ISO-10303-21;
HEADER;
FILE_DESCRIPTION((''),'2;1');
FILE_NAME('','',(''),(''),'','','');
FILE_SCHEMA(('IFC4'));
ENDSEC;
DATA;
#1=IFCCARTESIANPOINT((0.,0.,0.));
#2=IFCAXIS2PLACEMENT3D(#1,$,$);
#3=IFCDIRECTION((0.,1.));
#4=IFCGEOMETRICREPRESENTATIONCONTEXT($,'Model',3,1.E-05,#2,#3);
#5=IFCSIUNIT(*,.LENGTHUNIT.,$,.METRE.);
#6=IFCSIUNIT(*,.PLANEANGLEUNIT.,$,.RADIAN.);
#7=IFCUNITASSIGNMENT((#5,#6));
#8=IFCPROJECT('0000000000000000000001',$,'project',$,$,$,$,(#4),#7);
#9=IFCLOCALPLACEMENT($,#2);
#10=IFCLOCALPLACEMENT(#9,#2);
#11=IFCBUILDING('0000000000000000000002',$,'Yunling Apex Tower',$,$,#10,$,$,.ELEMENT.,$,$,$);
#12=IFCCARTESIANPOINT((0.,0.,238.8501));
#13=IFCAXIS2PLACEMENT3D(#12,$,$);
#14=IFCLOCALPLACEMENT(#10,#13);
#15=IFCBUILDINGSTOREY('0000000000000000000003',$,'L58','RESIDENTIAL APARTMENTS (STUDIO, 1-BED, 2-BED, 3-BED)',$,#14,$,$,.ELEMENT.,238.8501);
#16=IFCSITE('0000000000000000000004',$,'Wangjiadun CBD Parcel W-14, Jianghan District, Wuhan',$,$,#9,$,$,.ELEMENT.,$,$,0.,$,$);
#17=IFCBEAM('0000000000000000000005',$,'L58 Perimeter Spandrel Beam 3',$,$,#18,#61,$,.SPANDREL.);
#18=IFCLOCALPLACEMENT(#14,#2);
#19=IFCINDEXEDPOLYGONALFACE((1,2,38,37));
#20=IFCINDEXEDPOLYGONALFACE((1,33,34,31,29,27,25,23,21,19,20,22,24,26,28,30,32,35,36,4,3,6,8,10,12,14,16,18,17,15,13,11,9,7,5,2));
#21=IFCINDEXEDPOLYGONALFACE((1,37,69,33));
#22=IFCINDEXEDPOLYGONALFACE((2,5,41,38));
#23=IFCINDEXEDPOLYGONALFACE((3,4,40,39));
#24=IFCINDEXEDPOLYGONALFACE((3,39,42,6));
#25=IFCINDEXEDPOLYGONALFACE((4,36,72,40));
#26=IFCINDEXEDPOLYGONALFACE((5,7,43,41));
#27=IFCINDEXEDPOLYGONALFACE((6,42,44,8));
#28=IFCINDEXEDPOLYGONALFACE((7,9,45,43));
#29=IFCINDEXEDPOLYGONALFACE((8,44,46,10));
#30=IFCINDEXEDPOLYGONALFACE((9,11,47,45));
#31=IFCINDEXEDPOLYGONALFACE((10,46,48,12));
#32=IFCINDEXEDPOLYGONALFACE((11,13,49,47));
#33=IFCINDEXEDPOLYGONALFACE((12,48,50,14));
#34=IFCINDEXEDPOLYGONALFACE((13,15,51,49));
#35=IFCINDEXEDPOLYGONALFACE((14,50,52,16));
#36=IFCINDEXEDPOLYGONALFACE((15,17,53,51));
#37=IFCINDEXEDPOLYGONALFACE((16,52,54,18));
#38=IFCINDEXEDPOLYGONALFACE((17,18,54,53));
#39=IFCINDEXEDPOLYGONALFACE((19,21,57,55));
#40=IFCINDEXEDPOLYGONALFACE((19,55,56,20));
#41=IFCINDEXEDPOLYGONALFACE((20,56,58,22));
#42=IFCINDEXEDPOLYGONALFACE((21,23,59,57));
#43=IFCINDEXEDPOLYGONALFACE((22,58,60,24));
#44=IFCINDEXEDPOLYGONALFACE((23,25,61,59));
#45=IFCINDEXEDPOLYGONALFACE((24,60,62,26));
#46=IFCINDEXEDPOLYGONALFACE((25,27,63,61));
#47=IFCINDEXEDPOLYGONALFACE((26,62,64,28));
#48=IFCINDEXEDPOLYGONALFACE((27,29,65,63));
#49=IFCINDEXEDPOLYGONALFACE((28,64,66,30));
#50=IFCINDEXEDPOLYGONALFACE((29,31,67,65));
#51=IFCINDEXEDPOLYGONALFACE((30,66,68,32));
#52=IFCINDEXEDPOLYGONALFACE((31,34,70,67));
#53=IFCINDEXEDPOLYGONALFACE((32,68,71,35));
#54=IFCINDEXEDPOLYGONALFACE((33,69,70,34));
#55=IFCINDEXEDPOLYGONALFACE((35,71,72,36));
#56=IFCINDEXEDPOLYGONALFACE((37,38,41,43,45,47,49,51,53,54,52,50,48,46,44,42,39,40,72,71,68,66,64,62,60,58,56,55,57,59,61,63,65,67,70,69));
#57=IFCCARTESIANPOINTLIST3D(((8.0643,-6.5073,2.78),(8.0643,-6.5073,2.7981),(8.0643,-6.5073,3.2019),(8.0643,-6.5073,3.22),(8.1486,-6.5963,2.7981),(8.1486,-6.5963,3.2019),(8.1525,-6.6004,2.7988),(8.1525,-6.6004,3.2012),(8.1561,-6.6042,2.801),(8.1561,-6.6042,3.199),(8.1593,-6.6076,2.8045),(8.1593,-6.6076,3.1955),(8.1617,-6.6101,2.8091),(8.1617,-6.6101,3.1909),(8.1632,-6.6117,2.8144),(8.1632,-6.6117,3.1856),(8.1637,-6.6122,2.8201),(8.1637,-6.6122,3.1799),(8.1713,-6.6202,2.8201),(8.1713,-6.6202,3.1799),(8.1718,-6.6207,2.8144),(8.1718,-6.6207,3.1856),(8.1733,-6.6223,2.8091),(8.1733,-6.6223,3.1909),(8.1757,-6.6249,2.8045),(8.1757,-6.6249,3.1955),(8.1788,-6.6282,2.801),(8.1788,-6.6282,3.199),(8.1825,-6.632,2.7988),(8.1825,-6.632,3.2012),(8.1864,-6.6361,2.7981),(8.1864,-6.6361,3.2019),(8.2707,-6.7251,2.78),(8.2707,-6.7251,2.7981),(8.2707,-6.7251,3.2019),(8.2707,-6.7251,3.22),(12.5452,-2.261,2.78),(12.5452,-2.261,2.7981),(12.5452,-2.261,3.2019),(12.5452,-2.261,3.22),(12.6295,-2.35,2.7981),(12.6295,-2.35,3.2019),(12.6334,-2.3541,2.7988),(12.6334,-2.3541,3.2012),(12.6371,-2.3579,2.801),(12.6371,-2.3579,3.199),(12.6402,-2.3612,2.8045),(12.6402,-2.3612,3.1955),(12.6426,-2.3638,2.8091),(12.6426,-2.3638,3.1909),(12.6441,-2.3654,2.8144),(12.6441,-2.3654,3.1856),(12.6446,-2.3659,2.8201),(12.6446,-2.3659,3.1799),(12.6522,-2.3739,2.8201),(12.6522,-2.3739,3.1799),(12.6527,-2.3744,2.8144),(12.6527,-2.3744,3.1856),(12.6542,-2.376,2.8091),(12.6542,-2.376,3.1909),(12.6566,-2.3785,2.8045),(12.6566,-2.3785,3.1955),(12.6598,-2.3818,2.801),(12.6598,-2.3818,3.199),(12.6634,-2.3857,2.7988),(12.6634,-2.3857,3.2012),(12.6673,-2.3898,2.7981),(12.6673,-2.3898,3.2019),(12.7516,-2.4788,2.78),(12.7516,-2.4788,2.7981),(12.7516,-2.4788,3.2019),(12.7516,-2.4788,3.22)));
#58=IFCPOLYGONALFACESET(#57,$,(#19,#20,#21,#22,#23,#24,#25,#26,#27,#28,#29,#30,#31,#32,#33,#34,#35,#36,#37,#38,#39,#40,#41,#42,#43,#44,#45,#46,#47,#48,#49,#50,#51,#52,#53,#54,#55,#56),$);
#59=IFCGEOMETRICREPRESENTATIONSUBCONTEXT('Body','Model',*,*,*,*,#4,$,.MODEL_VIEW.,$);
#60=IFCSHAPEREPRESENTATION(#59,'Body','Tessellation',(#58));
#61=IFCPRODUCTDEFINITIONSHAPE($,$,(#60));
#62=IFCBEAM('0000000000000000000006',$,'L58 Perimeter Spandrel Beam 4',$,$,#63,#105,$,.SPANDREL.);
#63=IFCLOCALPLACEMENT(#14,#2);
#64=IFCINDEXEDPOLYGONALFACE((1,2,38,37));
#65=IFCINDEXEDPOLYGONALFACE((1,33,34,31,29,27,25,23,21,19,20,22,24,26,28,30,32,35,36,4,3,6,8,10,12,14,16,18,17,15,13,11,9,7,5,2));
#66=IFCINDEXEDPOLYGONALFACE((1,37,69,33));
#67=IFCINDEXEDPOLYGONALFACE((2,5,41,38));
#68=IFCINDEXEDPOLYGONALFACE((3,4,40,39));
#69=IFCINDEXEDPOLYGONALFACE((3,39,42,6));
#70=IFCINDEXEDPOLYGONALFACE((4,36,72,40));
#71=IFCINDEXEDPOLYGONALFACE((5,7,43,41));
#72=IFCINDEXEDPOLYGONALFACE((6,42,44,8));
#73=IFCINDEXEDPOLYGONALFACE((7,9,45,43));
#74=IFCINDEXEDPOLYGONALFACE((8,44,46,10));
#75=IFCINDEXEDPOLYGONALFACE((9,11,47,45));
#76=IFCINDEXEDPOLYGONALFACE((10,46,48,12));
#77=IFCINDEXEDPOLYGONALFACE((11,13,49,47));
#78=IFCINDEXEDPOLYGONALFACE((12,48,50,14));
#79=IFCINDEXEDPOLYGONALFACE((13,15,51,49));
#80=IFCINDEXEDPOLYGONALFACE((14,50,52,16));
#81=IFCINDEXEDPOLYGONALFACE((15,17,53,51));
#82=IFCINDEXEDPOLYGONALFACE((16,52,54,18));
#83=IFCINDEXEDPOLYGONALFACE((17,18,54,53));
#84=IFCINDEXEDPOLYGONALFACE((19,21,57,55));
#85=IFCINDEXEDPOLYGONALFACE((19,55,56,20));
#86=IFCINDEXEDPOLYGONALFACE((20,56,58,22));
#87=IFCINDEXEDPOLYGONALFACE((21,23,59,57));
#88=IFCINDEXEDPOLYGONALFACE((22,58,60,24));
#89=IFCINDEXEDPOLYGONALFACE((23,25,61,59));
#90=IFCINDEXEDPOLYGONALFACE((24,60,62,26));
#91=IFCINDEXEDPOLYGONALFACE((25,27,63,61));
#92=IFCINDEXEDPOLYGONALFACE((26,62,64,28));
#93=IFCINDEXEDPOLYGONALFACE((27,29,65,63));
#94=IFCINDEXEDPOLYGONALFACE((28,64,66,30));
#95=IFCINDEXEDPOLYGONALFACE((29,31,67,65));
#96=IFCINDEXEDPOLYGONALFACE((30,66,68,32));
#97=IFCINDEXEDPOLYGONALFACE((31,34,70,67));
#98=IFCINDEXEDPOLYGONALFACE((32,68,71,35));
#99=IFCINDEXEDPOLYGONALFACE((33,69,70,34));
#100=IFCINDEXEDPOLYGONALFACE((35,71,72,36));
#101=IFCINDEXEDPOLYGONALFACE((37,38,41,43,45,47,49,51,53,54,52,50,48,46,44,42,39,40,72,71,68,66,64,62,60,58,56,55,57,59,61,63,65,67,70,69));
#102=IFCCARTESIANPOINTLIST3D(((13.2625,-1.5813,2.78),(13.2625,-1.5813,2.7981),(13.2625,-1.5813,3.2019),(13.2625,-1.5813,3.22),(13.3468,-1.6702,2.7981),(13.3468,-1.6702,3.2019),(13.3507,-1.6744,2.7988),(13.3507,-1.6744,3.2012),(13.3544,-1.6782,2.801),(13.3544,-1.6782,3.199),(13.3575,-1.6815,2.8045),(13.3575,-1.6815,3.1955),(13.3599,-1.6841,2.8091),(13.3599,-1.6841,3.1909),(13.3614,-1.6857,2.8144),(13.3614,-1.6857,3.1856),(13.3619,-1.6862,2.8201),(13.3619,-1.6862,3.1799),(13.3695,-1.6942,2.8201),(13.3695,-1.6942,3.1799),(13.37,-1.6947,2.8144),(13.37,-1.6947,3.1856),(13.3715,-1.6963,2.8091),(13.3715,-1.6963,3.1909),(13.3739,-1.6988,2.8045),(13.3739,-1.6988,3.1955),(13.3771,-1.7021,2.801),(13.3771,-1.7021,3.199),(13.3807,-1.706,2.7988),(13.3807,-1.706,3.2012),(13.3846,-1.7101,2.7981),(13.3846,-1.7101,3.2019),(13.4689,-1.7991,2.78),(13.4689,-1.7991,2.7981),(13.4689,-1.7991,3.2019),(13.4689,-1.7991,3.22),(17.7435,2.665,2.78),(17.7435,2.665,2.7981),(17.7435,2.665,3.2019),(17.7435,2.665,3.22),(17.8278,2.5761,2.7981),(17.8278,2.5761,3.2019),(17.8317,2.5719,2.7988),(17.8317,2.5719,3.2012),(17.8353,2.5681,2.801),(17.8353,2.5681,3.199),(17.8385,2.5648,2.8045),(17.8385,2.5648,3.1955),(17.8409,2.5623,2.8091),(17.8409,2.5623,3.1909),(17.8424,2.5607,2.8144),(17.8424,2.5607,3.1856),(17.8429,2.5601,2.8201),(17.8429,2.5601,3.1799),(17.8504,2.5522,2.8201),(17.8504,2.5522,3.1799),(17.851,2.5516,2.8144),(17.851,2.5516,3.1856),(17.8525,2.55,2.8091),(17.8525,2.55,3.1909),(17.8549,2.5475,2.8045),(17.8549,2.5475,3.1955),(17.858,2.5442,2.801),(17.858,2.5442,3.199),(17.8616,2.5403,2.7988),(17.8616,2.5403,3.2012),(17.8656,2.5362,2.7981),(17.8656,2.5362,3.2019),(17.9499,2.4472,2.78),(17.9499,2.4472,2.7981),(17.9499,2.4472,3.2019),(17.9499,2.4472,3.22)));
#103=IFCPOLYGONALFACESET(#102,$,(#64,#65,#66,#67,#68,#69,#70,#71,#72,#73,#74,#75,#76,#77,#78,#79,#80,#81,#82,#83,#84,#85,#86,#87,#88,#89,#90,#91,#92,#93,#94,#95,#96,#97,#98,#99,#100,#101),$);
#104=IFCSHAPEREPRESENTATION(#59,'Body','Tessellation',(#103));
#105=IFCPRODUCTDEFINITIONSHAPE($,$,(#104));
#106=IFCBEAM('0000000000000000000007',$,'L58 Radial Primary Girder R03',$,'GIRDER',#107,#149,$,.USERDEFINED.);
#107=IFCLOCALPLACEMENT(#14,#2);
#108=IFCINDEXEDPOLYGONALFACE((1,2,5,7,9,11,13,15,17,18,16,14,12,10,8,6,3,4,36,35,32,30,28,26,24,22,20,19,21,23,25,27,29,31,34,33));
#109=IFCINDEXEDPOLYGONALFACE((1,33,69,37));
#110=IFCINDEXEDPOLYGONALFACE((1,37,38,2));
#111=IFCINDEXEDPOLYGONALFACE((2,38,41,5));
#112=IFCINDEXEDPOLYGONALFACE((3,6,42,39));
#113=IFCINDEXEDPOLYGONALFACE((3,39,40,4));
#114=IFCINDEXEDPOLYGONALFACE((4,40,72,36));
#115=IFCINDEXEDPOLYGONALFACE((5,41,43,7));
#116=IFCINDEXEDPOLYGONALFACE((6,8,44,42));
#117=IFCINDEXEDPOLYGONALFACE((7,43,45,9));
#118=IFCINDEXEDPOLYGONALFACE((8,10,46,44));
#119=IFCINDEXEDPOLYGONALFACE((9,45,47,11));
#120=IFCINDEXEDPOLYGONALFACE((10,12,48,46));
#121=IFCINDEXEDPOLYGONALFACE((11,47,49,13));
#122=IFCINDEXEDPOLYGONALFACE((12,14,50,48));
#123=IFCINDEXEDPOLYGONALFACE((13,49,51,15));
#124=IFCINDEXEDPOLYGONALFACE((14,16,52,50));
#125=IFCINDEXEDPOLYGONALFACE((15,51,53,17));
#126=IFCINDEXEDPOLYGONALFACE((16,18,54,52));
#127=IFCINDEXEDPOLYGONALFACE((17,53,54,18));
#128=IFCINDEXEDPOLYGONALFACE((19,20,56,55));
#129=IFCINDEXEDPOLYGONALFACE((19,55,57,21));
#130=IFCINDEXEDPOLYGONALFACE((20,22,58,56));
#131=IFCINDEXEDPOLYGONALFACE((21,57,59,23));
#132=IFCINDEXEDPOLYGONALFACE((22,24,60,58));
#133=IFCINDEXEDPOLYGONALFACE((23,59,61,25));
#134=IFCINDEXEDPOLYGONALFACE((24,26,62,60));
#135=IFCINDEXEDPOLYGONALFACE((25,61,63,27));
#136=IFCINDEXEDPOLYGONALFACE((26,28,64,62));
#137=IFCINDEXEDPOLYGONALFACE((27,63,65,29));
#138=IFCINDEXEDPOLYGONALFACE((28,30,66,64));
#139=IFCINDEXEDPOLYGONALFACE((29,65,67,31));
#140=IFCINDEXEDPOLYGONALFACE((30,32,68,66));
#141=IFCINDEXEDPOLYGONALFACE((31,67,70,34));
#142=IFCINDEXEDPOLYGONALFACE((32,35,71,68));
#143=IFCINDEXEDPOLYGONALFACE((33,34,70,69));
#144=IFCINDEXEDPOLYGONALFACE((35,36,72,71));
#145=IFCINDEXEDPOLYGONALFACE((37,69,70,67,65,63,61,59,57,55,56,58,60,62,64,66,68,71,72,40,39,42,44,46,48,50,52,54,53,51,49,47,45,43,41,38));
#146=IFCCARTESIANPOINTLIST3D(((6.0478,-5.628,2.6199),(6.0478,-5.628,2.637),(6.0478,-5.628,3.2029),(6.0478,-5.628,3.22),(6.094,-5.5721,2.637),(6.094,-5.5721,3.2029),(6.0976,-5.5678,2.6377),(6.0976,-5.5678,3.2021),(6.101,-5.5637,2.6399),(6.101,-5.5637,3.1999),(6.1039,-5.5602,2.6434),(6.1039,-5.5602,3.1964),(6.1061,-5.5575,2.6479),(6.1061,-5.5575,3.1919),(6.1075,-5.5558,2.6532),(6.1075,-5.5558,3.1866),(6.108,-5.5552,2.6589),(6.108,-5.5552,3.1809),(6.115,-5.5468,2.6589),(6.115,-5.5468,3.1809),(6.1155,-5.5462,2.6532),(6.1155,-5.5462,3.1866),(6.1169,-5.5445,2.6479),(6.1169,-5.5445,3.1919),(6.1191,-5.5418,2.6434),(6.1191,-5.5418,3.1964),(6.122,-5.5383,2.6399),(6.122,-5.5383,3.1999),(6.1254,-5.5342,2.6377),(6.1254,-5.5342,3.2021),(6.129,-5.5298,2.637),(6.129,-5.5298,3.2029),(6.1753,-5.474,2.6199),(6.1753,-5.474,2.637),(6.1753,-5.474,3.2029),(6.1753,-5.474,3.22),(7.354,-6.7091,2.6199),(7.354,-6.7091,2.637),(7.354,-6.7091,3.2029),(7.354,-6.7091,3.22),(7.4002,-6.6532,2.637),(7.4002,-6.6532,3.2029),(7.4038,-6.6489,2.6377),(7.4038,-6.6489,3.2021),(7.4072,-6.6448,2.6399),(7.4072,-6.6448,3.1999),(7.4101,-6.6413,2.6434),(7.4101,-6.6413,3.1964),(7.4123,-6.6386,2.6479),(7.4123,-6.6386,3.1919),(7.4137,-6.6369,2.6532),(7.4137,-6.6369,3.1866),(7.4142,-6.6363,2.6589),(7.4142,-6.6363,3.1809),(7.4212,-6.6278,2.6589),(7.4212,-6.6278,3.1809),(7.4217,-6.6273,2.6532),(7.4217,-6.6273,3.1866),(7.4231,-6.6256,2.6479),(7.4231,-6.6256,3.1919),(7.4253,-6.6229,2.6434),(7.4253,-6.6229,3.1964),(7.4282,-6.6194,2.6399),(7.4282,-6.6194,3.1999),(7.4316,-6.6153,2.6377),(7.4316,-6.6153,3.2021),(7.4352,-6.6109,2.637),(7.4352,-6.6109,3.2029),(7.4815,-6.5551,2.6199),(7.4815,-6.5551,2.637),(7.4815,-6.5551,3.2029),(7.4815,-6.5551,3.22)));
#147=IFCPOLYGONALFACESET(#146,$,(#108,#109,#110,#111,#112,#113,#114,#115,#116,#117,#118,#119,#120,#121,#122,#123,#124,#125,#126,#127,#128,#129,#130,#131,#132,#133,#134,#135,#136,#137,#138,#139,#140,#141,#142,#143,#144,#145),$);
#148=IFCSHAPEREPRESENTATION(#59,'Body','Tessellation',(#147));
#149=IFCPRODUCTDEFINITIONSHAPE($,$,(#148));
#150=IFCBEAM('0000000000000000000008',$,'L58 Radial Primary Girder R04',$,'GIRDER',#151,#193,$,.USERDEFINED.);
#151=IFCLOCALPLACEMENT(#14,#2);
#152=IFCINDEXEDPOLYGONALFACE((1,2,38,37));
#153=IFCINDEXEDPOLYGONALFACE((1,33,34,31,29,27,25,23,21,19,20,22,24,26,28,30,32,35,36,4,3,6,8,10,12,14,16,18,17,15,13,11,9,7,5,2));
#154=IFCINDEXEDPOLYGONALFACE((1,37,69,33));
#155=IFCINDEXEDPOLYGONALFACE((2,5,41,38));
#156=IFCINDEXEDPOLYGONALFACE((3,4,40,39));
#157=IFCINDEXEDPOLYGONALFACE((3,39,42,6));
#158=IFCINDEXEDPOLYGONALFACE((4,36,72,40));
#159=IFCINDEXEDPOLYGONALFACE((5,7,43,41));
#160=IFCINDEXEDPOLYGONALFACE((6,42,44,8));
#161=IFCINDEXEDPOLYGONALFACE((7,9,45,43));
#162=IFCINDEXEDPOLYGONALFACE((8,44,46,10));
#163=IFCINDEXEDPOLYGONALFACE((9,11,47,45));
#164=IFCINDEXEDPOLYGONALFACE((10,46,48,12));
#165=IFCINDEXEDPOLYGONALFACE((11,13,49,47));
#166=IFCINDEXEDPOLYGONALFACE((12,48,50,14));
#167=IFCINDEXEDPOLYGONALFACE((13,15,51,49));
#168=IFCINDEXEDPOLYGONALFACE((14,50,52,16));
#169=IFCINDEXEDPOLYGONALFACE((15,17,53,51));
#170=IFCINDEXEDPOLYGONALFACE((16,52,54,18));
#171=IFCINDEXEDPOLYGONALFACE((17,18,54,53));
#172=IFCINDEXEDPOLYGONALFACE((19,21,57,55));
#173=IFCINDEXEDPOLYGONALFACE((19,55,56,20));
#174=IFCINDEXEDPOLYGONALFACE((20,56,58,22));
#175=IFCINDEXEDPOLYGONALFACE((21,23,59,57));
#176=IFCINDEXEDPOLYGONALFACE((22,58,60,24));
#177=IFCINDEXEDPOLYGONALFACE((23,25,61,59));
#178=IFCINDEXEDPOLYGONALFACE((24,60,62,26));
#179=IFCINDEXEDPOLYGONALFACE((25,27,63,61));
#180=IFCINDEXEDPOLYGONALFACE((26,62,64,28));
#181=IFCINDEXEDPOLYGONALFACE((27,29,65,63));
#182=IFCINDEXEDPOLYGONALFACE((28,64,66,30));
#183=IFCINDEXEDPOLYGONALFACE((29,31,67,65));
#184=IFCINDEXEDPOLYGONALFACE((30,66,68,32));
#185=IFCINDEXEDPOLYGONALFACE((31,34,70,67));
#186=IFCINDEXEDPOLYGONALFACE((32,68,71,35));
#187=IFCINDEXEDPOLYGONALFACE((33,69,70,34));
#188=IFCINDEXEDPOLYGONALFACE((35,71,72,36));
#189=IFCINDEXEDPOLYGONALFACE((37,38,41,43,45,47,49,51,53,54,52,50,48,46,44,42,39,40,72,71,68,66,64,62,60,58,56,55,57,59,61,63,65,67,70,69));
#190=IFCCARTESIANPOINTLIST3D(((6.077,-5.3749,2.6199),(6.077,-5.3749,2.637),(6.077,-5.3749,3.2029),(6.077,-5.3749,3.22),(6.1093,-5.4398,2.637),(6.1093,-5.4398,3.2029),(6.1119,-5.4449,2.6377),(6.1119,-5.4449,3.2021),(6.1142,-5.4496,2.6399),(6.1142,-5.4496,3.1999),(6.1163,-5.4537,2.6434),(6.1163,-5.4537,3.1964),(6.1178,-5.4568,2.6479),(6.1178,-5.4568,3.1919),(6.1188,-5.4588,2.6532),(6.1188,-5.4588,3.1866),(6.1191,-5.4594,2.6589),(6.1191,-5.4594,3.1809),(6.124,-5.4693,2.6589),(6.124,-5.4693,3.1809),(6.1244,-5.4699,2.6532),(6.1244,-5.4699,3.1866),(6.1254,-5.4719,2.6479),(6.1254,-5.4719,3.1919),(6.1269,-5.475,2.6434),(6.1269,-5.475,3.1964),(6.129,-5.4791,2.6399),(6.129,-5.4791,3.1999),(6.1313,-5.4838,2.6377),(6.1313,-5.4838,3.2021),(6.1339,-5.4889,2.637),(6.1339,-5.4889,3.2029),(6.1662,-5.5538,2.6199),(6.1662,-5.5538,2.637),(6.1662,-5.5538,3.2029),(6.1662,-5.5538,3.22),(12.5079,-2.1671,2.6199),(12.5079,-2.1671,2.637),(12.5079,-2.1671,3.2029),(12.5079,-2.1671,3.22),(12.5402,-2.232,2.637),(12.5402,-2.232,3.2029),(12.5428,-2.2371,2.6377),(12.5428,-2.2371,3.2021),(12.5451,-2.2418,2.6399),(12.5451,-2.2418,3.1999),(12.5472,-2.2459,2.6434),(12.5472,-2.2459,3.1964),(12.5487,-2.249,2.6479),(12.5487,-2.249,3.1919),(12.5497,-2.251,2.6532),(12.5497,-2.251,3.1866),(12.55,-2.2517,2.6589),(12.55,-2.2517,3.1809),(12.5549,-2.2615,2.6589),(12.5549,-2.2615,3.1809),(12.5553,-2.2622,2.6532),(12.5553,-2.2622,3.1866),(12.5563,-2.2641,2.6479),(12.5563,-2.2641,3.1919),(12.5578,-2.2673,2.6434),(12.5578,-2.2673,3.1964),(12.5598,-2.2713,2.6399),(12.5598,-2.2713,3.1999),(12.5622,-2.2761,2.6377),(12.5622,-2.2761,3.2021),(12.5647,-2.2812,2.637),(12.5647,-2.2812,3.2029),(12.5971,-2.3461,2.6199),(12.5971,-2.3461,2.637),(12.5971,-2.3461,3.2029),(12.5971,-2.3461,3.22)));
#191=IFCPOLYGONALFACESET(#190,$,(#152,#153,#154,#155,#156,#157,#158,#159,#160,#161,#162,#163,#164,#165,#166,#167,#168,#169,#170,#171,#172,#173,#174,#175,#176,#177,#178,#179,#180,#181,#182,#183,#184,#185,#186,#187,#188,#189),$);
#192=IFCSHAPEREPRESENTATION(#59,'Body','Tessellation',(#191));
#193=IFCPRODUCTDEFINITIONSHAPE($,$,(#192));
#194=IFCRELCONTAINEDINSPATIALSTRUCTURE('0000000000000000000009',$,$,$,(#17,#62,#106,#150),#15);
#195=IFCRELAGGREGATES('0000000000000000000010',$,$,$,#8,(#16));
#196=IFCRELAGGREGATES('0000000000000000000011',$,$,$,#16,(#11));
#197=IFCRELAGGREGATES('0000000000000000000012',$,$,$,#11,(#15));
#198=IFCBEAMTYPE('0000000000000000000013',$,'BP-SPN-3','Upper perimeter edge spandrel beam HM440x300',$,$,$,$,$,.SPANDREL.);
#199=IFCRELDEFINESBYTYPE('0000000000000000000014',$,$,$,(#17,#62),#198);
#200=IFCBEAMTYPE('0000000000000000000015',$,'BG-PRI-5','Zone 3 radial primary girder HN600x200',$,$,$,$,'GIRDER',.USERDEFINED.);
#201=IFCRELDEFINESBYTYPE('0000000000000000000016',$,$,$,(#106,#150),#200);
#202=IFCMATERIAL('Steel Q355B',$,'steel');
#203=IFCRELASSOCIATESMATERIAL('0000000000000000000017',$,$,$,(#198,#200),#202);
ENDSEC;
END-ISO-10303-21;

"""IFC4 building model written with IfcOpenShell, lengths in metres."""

from ifc_helpers import new_model, si_unit, direction, frame, origin, origin_2d, place, context, subcontext, project, spatial, i_section, extrude, source, transform, mapped, material, material_profile, profile_set, type_object, element, save


model = new_model("IFC4")

# Units and contexts
model_context = context("Model", 3, precision=1e-05, world=origin(), true_north=direction((0.0, 1.0)))
body_context = subcontext(model_context, "Body", "Model", "MODEL_VIEW")
ifc_project = project(units=[si_unit("LENGTHUNIT", "METRE"), si_unit("PLANEANGLEUNIT", "RADIAN")], contexts=[model_context])

# Site, building, storey
site_placement = place(None, origin())
site = spatial("IfcSite", under=ifc_project, at=site_placement, Name="Wangjiadun CBD Parcel W-14, Jianghan District, Wuhan", CompositionType="ELEMENT", RefElevation=0.0)
building_placement = place(site_placement, origin())
building = spatial("IfcBuilding", under=site, at=building_placement, Name="Yunling Apex Tower", CompositionType="ELEMENT")
storey_placement = place(building_placement, frame((0.0, 0.0, 238.8501)))
storey = spatial("IfcBuildingStorey", under=building, at=storey_placement, Name="L58", Description="RESIDENTIAL APARTMENTS (STUDIO, 1-BED, 2-BED, 3-BED)", CompositionType="ELEMENT", Elevation=238.8501)

# Beams
ifc_material_1 = material(Name="Steel Q355B", Category="steel")
ifc_material_profile_1 = material_profile(ifc_material_1, i_section(OverallWidth=0.3, OverallDepth=0.4399, WebThickness=0.011, FlangeThickness=0.0181, FilletRadius=0.022, at=origin_2d()))
ifc_profile_set_1 = profile_set([ifc_material_profile_1], Name="Steel Q355B")
beam_type_1 = type_object("IfcBeamType", Name="BP-SPN-3", Description="Upper perimeter edge spandrel beam HM440x300", PredefinedType="SPANDREL", material=ifc_profile_set_1)
shared_shape_1 = source(origin(), body_context, "Body", "SweptSolid", [
    extrude(i_section(OverallWidth=0.3, OverallDepth=0.4399, WebThickness=0.011, FlangeThickness=0.0181, FilletRadius=0.022, at=origin_2d()), origin(), (0.0, 0.0, 1.0), 6.1733),
])
for number, where, z_axis, x_axis, name in (
    (1, (8.1675, -6.6162, 3.0), (0.725854, 0.687849, 0.0), (-0.687849, 0.725854, 0.0), "L58 Perimeter Spandrel Beam 3"),
    (2, (13.3657, -1.6902, 3.0), (0.725854, 0.687849, 0.0), (-0.687849, 0.725854, 0.0), "L58 Perimeter Spandrel Beam 4"),
):
    element("IfcBeam", number, at=place(storey_placement, frame(where, z_axis=z_axis, x_axis=x_axis)), inside=storey, type_object=beam_type_1, Name=name, PredefinedType="SPANDREL", context=body_context, shape_type="MappedRepresentation", body=[
        mapped(shared_shape_1, transform((0.0, 0.0, 0.0), scale=1.0)),
    ])
ifc_material_profile_2 = material_profile(ifc_material_1, i_section(OverallWidth=0.2, OverallDepth=0.6001, WebThickness=0.011, FlangeThickness=0.0171, FilletRadius=0.022, at=origin_2d()))
ifc_profile_set_2 = profile_set([ifc_material_profile_2], Name="Steel Q355B")
beam_type_2 = type_object("IfcBeamType", Name="BG-PRI-5", Description="Zone 3 radial primary girder HN600x200", ElementType="GIRDER", PredefinedType="USERDEFINED", material=ifc_profile_set_2)
shared_shape_2 = source(origin(), body_context, "Body", "SweptSolid", [
    extrude(i_section(OverallWidth=0.2, OverallDepth=0.6001, WebThickness=0.011, FlangeThickness=0.0171, FilletRadius=0.022, at=origin_2d()), origin(), (0.0, 0.0, 1.0), 1.6956),
])
beam_1_placement = place(storey_placement, frame((7.4177, -6.6321, 2.9199), z_axis=(-0.770365, 0.637603, 0.0), x_axis=(-0.637603, -0.770365, 0.0)))
element("IfcBeam", 3, at=beam_1_placement, inside=storey, type_object=beam_type_2, Name="L58 Radial Primary Girder R03", ObjectType="GIRDER", PredefinedType="USERDEFINED", context=body_context, shape_type="MappedRepresentation", body=[
    mapped(shared_shape_2, transform((0.0, 0.0, 0.0), scale=1.0)),
])
shared_shape_3 = source(origin(), body_context, "Body", "SweptSolid", [
    extrude(i_section(OverallWidth=0.2, OverallDepth=0.6001, WebThickness=0.011, FlangeThickness=0.0171, FilletRadius=0.022, at=origin_2d()), origin(), (0.0, 0.0, 1.0), 7.1865),
])
beam_2_placement = place(storey_placement, frame((12.5525, -2.2566, 2.9199), z_axis=(-0.894855, -0.446357, 0.0), x_axis=(0.446357, -0.894855, 0.0)))
element("IfcBeam", 4, at=beam_2_placement, inside=storey, type_object=beam_type_2, Name="L58 Radial Primary Girder R04", ObjectType="GIRDER", PredefinedType="USERDEFINED", context=body_context, shape_type="MappedRepresentation", body=[
    mapped(shared_shape_3, transform((0.0, 0.0, 0.0), scale=1.0)),
])

save(model, "model.ifc")
